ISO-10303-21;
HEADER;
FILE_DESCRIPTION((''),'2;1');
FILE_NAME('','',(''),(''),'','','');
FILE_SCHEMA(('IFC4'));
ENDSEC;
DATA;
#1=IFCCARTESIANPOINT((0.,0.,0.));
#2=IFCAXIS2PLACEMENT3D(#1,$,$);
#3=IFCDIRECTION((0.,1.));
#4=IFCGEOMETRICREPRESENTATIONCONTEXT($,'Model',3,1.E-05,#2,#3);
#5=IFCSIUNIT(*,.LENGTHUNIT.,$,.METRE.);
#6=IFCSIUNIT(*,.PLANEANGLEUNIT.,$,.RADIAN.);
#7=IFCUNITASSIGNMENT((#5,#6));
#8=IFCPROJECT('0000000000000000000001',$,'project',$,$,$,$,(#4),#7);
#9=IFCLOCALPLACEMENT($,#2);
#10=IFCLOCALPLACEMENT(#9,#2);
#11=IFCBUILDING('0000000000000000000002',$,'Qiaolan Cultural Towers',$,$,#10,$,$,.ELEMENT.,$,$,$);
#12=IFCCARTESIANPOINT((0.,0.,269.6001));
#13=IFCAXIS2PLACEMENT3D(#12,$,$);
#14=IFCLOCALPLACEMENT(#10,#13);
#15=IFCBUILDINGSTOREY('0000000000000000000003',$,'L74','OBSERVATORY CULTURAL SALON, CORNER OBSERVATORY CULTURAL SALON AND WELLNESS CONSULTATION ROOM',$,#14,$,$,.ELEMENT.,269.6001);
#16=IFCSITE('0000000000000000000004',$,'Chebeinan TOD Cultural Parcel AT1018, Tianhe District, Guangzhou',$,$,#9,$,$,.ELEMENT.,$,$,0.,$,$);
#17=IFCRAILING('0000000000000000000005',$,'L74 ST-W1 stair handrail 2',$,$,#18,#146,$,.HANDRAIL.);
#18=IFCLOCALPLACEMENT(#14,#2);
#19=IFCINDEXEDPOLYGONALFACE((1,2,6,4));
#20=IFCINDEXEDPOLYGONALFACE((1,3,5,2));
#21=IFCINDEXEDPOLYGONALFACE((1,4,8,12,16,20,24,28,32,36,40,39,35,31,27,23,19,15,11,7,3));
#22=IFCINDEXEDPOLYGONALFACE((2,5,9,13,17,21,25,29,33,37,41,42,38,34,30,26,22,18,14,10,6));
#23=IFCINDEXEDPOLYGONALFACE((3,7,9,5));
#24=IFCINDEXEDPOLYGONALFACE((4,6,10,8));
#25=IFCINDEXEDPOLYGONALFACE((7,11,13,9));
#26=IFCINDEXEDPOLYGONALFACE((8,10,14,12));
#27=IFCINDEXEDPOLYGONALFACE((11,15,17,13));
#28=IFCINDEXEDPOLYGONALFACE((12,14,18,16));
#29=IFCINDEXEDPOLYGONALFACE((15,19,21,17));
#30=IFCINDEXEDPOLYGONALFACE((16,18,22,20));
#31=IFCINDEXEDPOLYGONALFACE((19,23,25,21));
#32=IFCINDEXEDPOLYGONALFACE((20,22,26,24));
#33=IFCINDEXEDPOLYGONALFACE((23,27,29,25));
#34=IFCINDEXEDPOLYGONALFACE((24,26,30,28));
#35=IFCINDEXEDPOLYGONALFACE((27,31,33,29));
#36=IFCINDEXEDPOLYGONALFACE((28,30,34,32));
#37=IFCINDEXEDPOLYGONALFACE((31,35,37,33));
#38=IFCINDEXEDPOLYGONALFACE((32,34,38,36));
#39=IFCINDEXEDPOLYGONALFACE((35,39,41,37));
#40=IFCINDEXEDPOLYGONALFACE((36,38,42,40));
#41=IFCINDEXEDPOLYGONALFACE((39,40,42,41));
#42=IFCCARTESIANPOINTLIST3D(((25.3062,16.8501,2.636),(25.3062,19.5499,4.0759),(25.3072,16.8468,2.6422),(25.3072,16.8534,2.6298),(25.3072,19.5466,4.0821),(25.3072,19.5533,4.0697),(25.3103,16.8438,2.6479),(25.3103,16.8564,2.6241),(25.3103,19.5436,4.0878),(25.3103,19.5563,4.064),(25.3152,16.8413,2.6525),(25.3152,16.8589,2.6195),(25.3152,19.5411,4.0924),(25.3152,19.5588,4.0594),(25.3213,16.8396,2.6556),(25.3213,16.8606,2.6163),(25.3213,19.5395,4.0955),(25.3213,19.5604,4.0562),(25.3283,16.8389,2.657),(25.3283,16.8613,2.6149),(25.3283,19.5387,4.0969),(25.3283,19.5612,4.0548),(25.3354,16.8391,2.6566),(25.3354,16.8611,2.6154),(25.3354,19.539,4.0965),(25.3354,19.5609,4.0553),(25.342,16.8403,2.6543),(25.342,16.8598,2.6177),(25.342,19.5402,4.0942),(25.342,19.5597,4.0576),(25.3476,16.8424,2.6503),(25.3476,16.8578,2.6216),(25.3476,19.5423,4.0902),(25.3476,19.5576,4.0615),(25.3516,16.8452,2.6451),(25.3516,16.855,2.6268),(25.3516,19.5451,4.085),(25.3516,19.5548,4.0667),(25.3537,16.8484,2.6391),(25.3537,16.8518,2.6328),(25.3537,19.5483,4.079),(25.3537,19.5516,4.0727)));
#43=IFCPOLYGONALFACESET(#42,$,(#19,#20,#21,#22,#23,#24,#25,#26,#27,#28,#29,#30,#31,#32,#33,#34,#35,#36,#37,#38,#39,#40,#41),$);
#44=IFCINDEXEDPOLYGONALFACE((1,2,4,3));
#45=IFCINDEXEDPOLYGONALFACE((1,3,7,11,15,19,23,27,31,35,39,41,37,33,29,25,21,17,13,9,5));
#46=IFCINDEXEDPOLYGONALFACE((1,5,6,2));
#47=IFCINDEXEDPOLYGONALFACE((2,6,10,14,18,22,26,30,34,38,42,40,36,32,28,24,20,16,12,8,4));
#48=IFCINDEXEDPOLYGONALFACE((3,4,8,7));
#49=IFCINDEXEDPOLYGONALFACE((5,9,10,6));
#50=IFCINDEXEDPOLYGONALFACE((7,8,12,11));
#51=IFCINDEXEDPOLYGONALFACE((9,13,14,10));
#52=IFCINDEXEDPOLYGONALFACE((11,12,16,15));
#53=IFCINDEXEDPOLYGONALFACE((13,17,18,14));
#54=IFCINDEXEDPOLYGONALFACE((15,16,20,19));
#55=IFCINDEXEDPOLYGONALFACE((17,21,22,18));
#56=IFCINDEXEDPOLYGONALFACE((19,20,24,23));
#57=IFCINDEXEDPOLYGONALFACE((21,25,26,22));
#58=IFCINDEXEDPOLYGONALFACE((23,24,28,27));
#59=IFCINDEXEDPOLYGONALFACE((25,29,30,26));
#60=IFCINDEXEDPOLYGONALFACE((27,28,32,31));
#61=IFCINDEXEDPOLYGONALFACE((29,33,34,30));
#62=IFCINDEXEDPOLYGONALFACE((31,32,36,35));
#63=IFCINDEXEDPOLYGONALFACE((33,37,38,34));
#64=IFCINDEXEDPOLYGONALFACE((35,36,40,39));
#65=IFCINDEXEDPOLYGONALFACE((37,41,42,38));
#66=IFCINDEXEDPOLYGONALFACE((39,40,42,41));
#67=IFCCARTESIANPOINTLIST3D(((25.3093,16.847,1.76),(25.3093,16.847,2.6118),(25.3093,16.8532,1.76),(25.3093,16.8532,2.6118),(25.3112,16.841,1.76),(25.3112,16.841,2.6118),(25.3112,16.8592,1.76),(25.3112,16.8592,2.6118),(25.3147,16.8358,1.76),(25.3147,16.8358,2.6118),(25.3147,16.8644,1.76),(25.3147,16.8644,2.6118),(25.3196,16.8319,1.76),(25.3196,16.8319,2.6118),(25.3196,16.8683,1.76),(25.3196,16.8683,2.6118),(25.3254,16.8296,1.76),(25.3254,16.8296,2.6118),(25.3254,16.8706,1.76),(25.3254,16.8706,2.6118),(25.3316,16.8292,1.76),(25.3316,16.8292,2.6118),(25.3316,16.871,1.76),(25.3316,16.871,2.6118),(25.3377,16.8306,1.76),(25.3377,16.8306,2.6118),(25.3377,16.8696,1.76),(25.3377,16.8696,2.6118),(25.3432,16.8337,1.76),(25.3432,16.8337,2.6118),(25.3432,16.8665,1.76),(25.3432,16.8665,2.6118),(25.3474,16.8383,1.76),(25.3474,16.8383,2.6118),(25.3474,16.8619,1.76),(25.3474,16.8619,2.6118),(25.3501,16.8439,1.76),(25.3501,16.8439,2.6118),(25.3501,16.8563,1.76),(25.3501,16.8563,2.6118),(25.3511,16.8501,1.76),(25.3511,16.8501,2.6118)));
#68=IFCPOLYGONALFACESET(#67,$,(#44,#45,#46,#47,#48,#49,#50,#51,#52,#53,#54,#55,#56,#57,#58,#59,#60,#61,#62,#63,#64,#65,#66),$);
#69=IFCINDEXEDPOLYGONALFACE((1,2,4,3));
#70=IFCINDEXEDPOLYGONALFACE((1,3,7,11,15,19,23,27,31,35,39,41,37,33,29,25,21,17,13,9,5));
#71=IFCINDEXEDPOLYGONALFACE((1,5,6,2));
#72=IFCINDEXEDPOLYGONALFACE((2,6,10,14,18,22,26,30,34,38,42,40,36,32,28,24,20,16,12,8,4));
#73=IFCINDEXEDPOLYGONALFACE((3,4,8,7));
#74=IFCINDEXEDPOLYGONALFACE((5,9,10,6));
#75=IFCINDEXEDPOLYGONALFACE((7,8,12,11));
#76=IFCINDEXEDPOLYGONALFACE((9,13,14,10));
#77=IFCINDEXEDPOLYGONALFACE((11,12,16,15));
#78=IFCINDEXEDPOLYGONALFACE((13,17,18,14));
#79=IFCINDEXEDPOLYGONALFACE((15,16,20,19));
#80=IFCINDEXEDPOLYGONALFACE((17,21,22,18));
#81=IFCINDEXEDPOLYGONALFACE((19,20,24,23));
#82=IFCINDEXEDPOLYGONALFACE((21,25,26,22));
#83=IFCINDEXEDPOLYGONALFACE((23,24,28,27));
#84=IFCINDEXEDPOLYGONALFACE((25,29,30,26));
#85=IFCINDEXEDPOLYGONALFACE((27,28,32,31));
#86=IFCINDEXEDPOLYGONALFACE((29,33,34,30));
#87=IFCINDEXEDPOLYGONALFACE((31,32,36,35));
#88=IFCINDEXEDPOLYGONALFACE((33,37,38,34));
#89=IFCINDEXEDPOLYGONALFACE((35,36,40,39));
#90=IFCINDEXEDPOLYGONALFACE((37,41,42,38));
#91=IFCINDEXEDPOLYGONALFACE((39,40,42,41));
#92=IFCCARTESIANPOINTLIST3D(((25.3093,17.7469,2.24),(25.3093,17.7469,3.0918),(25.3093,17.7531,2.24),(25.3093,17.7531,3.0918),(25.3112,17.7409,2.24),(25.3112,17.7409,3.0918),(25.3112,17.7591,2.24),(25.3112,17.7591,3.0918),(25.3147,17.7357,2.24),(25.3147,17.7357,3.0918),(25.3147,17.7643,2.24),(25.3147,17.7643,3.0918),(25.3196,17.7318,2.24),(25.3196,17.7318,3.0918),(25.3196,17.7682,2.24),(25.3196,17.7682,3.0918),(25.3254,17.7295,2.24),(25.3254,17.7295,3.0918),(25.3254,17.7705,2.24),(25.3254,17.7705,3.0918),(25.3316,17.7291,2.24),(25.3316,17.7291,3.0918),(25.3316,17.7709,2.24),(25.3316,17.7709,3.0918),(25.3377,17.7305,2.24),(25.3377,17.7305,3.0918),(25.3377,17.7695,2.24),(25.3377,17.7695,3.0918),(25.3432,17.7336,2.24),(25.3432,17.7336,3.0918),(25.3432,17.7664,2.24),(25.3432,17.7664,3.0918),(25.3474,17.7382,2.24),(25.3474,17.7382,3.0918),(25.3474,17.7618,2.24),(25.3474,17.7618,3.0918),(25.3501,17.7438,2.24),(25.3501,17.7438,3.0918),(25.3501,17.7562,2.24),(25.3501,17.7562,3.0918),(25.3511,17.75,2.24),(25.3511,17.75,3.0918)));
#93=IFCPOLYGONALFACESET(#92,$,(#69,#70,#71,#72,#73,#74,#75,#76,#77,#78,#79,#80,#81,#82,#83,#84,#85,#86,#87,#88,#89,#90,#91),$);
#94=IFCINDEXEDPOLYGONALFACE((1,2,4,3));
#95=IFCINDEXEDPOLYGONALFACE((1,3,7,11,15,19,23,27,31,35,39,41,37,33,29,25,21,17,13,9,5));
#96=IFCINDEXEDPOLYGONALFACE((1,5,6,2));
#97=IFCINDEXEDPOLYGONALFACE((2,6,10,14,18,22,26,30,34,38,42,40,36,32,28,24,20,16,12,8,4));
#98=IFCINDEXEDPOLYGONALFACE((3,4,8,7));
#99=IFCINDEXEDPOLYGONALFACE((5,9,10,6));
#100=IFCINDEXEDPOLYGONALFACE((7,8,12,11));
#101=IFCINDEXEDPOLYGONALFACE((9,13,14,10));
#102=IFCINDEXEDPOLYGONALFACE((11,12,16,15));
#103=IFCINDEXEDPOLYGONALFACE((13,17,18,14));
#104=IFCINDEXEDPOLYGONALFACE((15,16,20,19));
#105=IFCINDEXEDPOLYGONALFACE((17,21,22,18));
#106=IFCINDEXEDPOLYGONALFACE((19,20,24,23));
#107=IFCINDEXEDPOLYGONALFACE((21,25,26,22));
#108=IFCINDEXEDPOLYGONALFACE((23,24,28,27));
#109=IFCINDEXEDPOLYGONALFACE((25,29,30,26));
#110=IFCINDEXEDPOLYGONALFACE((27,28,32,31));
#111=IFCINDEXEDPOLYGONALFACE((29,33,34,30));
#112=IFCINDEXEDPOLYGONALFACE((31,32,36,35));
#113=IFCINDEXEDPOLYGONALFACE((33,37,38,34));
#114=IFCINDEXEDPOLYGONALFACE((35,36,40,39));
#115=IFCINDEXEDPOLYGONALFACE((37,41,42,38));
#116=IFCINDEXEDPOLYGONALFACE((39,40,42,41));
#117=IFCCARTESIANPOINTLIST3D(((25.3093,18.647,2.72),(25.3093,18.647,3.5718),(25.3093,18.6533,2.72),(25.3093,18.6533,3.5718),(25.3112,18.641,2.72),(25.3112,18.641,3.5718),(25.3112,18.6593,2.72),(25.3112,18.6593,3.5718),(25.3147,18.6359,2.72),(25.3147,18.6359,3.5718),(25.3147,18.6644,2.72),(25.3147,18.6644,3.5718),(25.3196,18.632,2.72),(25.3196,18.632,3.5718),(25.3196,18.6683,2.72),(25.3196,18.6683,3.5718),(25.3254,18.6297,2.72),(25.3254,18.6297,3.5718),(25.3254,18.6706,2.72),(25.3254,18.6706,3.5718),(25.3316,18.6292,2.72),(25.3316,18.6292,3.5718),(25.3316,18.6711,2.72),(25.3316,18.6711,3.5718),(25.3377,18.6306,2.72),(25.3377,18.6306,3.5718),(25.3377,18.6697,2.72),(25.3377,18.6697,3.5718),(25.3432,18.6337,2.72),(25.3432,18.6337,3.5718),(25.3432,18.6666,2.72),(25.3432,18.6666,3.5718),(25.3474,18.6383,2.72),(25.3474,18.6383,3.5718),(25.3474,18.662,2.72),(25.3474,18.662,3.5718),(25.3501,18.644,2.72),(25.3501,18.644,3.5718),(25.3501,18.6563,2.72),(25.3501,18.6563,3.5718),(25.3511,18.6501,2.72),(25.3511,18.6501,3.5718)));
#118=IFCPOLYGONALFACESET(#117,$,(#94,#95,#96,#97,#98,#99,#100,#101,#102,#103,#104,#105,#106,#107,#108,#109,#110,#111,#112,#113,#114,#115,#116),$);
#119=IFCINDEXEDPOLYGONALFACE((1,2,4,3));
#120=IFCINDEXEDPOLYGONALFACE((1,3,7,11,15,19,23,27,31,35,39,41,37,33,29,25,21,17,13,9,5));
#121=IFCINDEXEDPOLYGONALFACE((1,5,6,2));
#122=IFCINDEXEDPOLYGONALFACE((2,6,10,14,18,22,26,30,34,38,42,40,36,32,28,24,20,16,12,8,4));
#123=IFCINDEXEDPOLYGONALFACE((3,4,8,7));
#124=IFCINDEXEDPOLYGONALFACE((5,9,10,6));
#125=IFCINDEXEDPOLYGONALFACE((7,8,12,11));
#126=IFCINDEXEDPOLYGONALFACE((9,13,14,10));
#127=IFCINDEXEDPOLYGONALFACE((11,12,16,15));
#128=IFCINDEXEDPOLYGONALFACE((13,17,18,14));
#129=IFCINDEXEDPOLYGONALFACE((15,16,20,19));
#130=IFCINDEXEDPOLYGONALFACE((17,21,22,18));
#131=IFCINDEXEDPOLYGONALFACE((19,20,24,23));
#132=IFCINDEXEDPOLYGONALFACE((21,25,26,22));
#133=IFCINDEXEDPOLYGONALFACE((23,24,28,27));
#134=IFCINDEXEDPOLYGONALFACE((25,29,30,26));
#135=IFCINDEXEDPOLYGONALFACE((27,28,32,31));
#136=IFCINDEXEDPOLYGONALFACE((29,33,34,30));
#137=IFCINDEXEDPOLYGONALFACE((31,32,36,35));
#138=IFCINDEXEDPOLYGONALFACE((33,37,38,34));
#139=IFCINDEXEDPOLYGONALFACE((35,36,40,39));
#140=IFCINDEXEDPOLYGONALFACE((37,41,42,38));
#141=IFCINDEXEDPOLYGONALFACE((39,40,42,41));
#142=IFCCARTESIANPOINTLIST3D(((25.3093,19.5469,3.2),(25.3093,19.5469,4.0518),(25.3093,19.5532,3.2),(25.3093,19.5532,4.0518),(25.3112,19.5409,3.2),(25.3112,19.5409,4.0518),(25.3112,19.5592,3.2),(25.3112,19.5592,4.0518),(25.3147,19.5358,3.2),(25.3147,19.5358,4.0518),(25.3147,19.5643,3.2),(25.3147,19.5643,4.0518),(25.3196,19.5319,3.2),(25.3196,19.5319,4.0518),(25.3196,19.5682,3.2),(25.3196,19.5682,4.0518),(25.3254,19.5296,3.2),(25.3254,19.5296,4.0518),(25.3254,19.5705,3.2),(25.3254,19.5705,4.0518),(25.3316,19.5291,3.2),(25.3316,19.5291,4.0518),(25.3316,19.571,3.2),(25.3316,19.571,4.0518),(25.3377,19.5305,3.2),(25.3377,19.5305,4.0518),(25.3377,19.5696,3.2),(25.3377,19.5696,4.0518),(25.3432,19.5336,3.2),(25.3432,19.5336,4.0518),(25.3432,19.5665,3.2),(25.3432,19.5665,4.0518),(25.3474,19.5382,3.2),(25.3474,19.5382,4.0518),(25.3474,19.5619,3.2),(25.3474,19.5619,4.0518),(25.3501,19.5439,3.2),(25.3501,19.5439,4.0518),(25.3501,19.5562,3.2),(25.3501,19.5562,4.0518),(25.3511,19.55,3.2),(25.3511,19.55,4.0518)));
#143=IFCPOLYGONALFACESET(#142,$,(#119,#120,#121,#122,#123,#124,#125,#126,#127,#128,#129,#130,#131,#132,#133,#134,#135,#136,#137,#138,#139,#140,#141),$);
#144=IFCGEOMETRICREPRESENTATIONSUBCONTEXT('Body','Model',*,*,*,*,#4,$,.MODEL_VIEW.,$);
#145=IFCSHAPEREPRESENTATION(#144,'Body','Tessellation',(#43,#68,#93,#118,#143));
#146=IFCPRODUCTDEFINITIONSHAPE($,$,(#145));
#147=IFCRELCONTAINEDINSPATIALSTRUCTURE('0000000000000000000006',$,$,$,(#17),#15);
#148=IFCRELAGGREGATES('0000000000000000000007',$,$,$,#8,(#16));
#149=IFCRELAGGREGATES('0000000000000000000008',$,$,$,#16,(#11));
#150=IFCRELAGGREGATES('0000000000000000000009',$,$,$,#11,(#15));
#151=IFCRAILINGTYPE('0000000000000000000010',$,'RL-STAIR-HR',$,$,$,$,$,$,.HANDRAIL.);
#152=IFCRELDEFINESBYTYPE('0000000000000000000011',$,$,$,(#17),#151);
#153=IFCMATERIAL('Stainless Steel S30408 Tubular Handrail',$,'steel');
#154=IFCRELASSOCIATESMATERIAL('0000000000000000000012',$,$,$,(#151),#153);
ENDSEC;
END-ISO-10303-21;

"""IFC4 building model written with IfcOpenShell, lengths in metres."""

from ifc_helpers import new_model, si_unit, direction, frame, origin, origin_2d, place, context, subcontext, project, spatial, circle, extrude, material, type_object, element, save


model = new_model("IFC4")

# Units and contexts
model_context = context("Model", 3, precision=1e-05, world=origin(), true_north=direction((0.0, 1.0)))
body_context = subcontext(model_context, "Body", "Model", "MODEL_VIEW")
ifc_project = project(units=[si_unit("LENGTHUNIT", "METRE"), si_unit("PLANEANGLEUNIT", "RADIAN")], contexts=[model_context])

# Site, building, storey
site_placement = place(None, origin())
site = spatial("IfcSite", under=ifc_project, at=site_placement, Name="Chebeinan TOD Cultural Parcel AT1018, Tianhe District, Guangzhou", CompositionType="ELEMENT", RefElevation=0.0)
building_placement = place(site_placement, origin())
building = spatial("IfcBuilding", under=site, at=building_placement, Name="Qiaolan Cultural Towers", CompositionType="ELEMENT")
storey_placement = place(building_placement, frame((0.0, 0.0, 269.6001)))
storey = spatial("IfcBuildingStorey", under=building, at=storey_placement, Name="L74", Description="OBSERVATORY CULTURAL SALON, CORNER OBSERVATORY CULTURAL SALON AND WELLNESS CONSULTATION ROOM", CompositionType="ELEMENT", Elevation=269.6001)

# Railing
ifc_material_1 = material(Name="Stainless Steel S30408 Tubular Handrail", Category="steel")
railing_type = type_object("IfcRailingType", Name="RL-STAIR-HR", PredefinedType="HANDRAIL", material=ifc_material_1)
railing_placement = place(storey_placement, frame((25.3301, 16.8501, 1.76)))
element("IfcRailing", 1, at=railing_placement, inside=storey, type_object=railing_type, Name="L74 ST-W1 stair handrail 2", PredefinedType="HANDRAIL", context=body_context, shape_type="SweptSolid", body=[
    extrude(circle(Radius=0.0239, at=origin_2d()), frame((0.0, 0.0, 0.876), z_axis=(0.0, 0.882357, 0.47058), x_axis=(-1.0, 0.0, 0.0)), (0.0, 0.0, 1.0), 3.0598),
    extrude(circle(Radius=0.021, at=origin_2d()), origin(), (0.0, 0.0, 1.0), 0.8518),
    extrude(circle(Radius=0.021, at=origin_2d()), frame((0.0, 0.8999, 0.48)), (0.0, 0.0, 1.0), 0.8518),
    extrude(circle(Radius=0.021, at=origin_2d()), frame((0.0, 1.8, 0.96)), (0.0, 0.0, 1.0), 0.8518),
    extrude(circle(Radius=0.021, at=origin_2d()), frame((0.0, 2.7, 1.4399)), (0.0, 0.0, 1.0), 0.8518),
])

save(model, "model.ifc")
